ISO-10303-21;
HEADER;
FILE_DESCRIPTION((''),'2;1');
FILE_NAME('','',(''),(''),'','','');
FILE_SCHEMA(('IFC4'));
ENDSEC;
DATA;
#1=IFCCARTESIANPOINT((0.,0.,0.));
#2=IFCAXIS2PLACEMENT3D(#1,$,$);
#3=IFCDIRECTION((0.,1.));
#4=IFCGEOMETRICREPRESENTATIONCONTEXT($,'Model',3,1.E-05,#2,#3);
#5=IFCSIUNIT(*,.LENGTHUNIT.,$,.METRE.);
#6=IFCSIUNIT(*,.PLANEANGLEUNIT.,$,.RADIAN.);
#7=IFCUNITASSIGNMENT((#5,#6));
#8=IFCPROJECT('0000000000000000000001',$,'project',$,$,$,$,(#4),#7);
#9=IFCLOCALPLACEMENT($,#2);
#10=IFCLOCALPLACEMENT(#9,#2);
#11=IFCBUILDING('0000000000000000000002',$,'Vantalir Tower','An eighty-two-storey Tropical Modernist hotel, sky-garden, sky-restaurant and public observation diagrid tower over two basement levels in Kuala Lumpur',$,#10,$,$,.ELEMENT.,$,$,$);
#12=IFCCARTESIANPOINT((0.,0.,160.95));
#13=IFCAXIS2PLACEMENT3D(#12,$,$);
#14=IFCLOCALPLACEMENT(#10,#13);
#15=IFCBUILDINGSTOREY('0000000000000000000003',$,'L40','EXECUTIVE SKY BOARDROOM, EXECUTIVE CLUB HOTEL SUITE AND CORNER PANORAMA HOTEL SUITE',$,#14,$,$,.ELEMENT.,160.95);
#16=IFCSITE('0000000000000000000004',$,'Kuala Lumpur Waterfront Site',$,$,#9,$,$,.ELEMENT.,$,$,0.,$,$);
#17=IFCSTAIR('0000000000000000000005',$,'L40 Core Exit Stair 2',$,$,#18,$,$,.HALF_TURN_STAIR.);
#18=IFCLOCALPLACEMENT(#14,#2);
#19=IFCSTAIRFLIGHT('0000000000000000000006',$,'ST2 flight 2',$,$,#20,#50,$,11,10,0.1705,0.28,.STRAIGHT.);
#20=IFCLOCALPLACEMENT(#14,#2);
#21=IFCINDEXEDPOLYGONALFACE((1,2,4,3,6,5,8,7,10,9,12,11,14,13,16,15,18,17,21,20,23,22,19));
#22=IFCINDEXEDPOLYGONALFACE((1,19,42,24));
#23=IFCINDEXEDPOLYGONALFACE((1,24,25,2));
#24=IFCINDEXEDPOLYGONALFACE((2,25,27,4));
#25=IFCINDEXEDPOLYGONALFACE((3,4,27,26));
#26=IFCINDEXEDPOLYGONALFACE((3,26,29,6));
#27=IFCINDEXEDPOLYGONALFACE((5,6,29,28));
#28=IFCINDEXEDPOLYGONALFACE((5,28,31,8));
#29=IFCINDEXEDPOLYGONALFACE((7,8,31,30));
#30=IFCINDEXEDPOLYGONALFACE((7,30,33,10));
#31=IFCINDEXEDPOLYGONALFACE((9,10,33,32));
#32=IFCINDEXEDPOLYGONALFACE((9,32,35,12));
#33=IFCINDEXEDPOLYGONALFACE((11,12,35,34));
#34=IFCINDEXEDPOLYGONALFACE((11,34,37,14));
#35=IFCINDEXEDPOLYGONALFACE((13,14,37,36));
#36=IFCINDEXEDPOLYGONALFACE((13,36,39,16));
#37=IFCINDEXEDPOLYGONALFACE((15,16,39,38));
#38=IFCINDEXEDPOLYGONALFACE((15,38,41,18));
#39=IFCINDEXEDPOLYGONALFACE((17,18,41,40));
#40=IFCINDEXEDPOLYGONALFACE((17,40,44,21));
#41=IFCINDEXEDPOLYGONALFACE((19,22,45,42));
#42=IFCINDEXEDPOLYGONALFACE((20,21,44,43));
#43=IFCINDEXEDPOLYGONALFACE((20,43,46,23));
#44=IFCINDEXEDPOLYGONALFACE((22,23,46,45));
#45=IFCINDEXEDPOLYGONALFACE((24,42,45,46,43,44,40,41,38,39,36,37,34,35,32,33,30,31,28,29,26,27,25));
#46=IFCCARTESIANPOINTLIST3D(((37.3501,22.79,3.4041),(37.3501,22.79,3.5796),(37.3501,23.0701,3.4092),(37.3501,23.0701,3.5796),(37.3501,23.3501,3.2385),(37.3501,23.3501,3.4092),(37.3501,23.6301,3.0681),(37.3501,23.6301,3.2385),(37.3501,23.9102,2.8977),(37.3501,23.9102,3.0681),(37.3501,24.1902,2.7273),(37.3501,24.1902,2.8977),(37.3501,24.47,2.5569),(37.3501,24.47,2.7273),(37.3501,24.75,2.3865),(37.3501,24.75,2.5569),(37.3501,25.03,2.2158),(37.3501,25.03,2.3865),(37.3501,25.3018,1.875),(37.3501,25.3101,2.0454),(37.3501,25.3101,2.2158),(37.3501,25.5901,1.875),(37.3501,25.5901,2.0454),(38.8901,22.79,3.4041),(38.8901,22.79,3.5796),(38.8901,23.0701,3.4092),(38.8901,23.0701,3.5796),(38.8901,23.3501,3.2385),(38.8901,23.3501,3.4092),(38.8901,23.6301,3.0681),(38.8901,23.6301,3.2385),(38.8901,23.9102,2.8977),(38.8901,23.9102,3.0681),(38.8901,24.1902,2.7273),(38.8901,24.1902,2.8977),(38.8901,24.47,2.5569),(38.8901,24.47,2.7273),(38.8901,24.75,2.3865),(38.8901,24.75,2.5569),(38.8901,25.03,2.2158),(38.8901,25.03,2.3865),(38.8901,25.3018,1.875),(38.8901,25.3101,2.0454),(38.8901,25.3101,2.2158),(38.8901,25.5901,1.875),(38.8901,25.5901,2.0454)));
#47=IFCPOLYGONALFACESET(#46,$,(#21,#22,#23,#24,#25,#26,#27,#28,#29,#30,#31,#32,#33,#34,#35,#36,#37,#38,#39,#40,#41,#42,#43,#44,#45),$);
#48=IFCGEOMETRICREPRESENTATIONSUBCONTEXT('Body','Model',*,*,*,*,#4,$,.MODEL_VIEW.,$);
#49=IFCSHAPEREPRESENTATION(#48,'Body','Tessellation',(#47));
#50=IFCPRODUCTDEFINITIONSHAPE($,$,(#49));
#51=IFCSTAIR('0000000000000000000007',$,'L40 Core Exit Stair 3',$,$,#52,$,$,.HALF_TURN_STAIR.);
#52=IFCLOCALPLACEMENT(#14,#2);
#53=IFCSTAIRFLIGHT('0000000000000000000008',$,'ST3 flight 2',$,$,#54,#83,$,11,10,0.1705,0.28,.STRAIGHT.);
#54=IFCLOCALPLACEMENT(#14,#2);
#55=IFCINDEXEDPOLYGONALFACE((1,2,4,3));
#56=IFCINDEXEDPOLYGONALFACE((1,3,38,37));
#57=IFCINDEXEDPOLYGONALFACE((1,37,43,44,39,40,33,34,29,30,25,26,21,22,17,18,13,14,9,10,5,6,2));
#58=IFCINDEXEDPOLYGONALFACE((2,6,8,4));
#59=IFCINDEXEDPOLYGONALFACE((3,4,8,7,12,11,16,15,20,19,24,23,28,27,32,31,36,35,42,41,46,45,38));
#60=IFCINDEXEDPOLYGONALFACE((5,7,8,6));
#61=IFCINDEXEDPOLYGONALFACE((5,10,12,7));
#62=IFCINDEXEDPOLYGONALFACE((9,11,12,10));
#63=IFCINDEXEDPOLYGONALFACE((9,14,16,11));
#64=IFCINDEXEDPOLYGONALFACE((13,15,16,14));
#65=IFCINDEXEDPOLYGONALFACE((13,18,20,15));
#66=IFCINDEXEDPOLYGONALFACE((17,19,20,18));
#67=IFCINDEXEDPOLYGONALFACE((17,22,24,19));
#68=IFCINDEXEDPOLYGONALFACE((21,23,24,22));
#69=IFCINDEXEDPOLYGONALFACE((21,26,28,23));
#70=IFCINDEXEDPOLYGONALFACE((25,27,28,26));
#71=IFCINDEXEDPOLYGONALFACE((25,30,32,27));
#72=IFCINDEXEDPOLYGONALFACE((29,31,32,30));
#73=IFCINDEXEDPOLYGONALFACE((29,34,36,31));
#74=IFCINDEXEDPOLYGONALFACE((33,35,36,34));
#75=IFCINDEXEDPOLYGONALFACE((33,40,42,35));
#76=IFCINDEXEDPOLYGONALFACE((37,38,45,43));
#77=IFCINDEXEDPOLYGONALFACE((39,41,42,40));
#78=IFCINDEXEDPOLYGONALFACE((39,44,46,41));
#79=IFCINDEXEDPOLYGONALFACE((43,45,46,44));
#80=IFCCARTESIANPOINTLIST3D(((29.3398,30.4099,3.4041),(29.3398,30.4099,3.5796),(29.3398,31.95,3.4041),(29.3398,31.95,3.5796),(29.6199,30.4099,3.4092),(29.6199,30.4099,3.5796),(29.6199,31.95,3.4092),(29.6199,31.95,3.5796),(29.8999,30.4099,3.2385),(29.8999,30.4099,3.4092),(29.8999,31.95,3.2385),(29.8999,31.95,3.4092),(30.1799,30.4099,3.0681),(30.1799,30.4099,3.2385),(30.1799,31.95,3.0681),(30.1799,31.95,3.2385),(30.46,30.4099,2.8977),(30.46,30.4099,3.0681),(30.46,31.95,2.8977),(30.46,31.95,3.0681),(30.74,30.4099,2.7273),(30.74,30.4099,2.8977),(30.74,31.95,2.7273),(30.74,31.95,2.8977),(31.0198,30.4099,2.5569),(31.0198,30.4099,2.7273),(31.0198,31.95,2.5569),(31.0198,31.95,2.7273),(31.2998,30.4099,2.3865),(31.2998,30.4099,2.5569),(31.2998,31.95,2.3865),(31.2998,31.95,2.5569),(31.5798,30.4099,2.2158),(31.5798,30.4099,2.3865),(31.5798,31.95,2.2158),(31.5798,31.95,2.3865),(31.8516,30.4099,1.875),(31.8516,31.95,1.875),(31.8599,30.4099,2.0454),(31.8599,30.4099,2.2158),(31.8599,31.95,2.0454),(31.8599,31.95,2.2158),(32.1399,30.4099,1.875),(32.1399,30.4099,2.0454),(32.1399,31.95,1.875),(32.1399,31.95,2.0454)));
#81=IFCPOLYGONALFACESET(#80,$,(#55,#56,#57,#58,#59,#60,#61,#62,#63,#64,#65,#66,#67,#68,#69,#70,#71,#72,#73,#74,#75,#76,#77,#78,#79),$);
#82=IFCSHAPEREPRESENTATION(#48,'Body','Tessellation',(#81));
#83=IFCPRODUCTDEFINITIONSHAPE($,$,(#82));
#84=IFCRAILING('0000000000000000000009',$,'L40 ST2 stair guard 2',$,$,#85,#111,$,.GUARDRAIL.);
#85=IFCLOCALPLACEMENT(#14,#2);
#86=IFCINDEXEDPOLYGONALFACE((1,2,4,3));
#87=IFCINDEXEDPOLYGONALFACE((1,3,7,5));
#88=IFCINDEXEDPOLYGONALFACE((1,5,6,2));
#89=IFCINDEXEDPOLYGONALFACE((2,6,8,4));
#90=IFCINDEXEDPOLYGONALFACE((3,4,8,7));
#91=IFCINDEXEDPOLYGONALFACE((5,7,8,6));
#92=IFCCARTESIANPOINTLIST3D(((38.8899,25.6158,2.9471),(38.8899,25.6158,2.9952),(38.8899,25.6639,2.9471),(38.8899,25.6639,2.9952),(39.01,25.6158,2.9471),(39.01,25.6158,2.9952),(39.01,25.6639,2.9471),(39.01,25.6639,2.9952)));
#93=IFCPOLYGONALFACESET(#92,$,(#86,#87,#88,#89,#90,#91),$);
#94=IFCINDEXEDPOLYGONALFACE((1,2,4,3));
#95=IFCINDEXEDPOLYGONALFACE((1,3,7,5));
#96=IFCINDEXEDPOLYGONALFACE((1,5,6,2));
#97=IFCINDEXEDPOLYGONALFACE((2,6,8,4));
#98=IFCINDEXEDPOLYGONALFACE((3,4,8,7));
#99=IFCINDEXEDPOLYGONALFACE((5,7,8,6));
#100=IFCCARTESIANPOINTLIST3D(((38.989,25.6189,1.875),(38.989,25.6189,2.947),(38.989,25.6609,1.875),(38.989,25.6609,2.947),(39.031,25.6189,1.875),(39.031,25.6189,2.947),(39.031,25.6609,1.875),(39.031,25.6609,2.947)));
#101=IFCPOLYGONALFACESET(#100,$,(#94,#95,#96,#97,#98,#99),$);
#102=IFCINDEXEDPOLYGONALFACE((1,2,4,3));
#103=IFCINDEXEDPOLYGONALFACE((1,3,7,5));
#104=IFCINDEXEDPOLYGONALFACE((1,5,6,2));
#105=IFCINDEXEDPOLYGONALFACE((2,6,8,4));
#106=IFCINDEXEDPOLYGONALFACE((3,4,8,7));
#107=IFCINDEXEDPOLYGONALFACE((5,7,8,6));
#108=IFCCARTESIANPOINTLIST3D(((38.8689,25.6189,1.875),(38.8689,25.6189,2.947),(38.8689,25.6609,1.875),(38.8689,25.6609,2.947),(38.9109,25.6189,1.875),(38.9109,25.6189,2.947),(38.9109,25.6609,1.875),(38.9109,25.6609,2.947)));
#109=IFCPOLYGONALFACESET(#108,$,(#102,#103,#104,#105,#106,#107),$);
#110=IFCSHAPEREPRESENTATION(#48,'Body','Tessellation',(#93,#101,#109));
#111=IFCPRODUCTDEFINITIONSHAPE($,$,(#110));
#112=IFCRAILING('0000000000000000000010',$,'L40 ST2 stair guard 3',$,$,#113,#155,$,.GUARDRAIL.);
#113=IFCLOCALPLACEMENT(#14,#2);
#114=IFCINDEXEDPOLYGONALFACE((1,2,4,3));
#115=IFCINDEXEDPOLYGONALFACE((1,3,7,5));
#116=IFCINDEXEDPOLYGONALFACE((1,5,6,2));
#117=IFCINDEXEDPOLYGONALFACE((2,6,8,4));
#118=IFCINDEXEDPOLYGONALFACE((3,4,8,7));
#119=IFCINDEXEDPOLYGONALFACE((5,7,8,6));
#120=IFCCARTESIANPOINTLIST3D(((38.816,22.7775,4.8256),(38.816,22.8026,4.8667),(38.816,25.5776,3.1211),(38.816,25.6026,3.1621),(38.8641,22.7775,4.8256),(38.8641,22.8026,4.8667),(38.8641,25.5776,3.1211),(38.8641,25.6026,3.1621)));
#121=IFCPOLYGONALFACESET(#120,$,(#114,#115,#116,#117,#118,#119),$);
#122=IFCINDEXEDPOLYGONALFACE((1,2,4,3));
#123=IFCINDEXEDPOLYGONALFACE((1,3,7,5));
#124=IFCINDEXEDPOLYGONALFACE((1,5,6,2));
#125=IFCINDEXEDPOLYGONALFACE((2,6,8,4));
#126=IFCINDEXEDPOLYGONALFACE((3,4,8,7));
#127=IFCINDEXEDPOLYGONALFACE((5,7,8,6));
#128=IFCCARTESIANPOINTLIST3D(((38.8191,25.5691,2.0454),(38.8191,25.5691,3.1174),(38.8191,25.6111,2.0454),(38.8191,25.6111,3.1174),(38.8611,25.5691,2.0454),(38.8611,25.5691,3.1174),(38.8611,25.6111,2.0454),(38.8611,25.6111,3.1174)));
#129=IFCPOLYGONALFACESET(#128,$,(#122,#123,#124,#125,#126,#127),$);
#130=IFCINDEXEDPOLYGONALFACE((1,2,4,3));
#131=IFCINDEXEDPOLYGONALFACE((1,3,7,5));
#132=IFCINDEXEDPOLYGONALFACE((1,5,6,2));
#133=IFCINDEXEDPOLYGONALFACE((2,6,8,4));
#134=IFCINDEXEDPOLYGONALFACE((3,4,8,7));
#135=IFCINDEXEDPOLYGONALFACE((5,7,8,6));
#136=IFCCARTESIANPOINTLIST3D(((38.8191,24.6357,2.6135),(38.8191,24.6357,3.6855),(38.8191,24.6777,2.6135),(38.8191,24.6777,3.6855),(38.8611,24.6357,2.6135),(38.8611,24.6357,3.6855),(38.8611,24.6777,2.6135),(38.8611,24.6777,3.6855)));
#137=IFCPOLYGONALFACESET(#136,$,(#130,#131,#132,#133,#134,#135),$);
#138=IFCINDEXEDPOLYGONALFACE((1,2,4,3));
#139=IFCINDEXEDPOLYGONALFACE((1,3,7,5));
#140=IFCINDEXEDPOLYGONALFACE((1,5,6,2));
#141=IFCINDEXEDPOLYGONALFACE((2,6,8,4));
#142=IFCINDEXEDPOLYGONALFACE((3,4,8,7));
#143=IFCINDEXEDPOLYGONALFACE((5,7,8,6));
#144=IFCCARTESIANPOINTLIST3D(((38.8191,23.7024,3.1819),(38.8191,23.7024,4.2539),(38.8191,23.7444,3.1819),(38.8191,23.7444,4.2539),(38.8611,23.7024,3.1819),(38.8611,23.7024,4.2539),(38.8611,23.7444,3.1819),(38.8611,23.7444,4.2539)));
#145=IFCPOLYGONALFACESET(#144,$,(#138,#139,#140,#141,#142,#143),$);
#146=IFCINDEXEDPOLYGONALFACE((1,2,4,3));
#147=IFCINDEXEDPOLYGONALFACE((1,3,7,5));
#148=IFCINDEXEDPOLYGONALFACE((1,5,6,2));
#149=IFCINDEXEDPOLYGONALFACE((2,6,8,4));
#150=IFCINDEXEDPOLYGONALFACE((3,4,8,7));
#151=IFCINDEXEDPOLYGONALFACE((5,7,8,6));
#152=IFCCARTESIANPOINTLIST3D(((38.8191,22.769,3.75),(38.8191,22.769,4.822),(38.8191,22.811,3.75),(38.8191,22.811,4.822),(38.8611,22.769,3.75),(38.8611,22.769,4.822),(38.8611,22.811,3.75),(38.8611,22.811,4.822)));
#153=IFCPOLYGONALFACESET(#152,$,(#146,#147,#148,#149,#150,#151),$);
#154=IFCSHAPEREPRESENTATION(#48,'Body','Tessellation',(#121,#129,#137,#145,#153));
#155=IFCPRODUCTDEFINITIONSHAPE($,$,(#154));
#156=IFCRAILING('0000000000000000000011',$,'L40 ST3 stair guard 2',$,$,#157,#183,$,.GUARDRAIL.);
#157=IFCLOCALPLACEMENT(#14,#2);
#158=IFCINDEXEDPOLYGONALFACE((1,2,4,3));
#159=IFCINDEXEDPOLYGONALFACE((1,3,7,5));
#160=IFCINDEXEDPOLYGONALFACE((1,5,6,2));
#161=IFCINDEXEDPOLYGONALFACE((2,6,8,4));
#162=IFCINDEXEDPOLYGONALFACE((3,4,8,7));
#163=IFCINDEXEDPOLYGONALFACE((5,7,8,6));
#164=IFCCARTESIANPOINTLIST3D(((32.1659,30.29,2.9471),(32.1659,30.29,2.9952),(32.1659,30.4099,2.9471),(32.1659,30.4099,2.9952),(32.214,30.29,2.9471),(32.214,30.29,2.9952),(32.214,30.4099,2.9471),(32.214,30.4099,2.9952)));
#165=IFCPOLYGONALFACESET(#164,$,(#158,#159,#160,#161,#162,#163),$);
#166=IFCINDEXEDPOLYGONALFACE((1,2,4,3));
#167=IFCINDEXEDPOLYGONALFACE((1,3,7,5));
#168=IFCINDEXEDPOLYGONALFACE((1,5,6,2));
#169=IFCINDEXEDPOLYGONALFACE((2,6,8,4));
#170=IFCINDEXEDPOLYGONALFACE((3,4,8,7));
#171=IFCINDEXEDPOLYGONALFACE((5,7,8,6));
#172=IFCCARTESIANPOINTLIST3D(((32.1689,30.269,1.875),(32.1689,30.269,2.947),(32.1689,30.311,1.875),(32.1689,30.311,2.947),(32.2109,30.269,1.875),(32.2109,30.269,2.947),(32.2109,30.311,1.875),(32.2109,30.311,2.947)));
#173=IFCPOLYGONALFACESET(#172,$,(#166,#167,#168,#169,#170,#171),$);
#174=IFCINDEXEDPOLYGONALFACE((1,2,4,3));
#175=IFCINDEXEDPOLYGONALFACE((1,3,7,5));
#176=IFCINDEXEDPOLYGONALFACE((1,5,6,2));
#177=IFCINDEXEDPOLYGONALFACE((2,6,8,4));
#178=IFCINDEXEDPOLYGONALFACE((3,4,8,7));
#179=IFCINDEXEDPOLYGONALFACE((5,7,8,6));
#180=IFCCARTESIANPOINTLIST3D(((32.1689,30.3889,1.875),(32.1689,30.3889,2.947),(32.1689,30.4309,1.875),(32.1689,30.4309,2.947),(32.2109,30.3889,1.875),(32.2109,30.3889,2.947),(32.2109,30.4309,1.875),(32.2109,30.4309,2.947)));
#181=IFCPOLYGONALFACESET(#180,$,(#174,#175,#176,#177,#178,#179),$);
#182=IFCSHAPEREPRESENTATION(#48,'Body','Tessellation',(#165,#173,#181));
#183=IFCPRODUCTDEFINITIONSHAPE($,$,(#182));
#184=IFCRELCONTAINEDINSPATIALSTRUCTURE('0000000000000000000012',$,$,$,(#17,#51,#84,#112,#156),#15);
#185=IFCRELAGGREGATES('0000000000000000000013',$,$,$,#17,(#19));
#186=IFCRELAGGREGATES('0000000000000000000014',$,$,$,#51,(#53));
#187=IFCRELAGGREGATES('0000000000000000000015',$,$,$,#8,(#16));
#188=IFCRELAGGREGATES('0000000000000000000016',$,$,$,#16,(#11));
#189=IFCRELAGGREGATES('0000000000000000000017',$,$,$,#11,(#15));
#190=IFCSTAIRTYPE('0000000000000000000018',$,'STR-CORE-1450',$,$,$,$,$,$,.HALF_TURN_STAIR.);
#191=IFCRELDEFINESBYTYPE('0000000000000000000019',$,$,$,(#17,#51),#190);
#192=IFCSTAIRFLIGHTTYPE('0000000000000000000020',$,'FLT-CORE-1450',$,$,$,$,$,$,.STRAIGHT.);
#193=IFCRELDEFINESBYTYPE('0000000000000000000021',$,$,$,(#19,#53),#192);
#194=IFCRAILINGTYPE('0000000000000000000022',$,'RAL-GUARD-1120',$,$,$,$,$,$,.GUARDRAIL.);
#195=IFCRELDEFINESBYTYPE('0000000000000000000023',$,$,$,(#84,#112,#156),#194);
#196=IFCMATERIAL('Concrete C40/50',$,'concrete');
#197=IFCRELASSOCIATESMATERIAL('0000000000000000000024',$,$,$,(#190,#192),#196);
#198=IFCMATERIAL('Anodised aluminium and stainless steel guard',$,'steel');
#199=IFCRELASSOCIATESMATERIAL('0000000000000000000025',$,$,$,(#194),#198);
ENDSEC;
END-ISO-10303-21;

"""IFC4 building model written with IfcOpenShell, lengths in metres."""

from ifc_helpers import new_model, si_unit, direction, frame, origin, origin_2d, place, context, subcontext, project, spatial, polyline, rectangle, outline, extrude, material, type_object, element, aggregate, save


model = new_model("IFC4")

# Units and contexts
model_context = context("Model", 3, precision=1e-05, world=origin(), true_north=direction((0.0, 1.0)))
body_context = subcontext(model_context, "Body", "Model", "MODEL_VIEW")
ifc_project = project(units=[si_unit("LENGTHUNIT", "METRE"), si_unit("PLANEANGLEUNIT", "RADIAN")], contexts=[model_context])

# Site, building, storey
site_placement = place(None, origin())
site = spatial("IfcSite", under=ifc_project, at=site_placement, Name="Kuala Lumpur Waterfront Site", CompositionType="ELEMENT", RefElevation=0.0)
building_placement = place(site_placement, origin())
building = spatial("IfcBuilding", under=site, at=building_placement, Name="Vantalir Tower", Description="An eighty-two-storey Tropical Modernist hotel, sky-garden, sky-restaurant and public observation diagrid tower over two basement levels in Kuala Lumpur", CompositionType="ELEMENT")
storey_placement = place(building_placement, frame((0.0, 0.0, 160.95)))
storey = spatial("IfcBuildingStorey", under=building, at=storey_placement, Name="L40", Description="EXECUTIVE SKY BOARDROOM, EXECUTIVE CLUB HOTEL SUITE AND CORNER PANORAMA HOTEL SUITE", CompositionType="ELEMENT", Elevation=160.95)

# Stairs, stair flights
ifc_material_1 = material(Name="Concrete C40/50", Category="concrete")
stair_type = type_object("IfcStairType", Name="STR-CORE-1450", PredefinedType="HALF_TURN_STAIR", material=ifc_material_1)
stair_1_placement = place(storey_placement, origin())
stair_1 = element("IfcStair", 1, at=stair_1_placement, inside=storey, type_object=stair_type, Name="L40 Core Exit Stair 2", PredefinedType="HALF_TURN_STAIR")
stair_flight_type = type_object("IfcStairFlightType", Name="FLT-CORE-1450", PredefinedType="STRAIGHT", material=ifc_material_1)
stair_flight_1_placement = place(storey_placement, frame((38.1201, 25.5901, 1.875), z_axis=(0.0, 0.0, 1.0), x_axis=(0.0, -1.0, 0.0)))
stair_flight_1 = element("IfcStairFlight", 2, at=stair_flight_1_placement, type_object=stair_flight_type, Name="ST2 flight 2", NumberOfRisers=11, NumberOfTreads=10, PredefinedType="STRAIGHT", RiserHeight=0.1705, TreadLength=0.28, context=body_context, shape_type="SweptSolid", body=[
    extrude(outline(polyline([(0.0, 0.0), (0.0, 0.1704), (0.28, 0.1704), (0.28, 0.3408), (0.5601, 0.3408), (0.5601, 0.5115), (0.8401, 0.5115), (0.8401, 0.6819), (1.1201, 0.6819), (1.1201, 0.8523), (1.3999, 0.8523), (1.3999, 1.0227), (1.6799, 1.0227), (1.6799, 1.1931), (1.96, 1.1931), (1.96, 1.3635), (2.24, 1.3635), (2.24, 1.5342), (2.52, 1.5342), (2.52, 1.7046), (2.8, 1.7046), (2.8, 1.875), (2.8, 1.5291), (0.2883, 0.0), (0.0, 0.0)])), frame((0.0, 0.77, 0.0), z_axis=(0.0, -1.0, 0.0), x_axis=(1.0, 0.0, 0.0)), (0.0, 0.0, 1.0), 1.54),
])
aggregate(stair_1, [stair_flight_1])
stair_2_placement = place(storey_placement, origin())
stair_2 = element("IfcStair", 3, at=stair_2_placement, inside=storey, type_object=stair_type, Name="L40 Core Exit Stair 3", PredefinedType="HALF_TURN_STAIR")
stair_flight_2_placement = place(storey_placement, frame((32.1399, 31.1799, 1.875), z_axis=(0.0, 0.0, 1.0), x_axis=(-1.0, 0.0, 0.0)))
stair_flight_2 = element("IfcStairFlight", 4, at=stair_flight_2_placement, type_object=stair_flight_type, Name="ST3 flight 2", NumberOfRisers=11, NumberOfTreads=10, PredefinedType="STRAIGHT", RiserHeight=0.1705, TreadLength=0.28, context=body_context, shape_type="SweptSolid", body=[
    extrude(outline(polyline([(0.0, 0.0), (0.0, 0.1704), (0.28, 0.1704), (0.28, 0.3408), (0.5601, 0.3408), (0.5601, 0.5115), (0.8401, 0.5115), (0.8401, 0.6819), (1.1201, 0.6819), (1.1201, 0.8523), (1.3999, 0.8523), (1.3999, 1.0227), (1.6799, 1.0227), (1.6799, 1.1931), (1.96, 1.1931), (1.96, 1.3635), (2.24, 1.3635), (2.24, 1.5342), (2.52, 1.5342), (2.52, 1.7046), (2.8, 1.7046), (2.8, 1.875), (2.8, 1.5291), (0.2883, 0.0), (0.0, 0.0)])), frame((0.0, 0.77, 0.0), z_axis=(0.0, -1.0, 0.0), x_axis=(1.0, 0.0, 0.0)), (0.0, 0.0, 1.0), 1.54),
])
aggregate(stair_2, [stair_flight_2])

# Railings
ifc_material_2 = material(Name="Anodised aluminium and stainless steel guard", Category="steel")
railing_type_1 = type_object("IfcRailingType", Name="RAL-GUARD-1120", PredefinedType="GUARDRAIL", material=ifc_material_2)
railing_1_placement = place(storey_placement, frame((39.01, 25.6399, 1.875)))
element("IfcRailing", 5, at=railing_1_placement, inside=storey, type_object=railing_type_1, Name="L40 ST2 stair guard 2", PredefinedType="GUARDRAIL", context=body_context, shape_type="SweptSolid", body=[
    extrude(rectangle(XDim=0.0481, YDim=0.0481, at=origin_2d()), frame((0.0, 0.0, 1.0962), z_axis=(-1.0, 0.0, 0.0), x_axis=(0.0, -1.0, 0.0)), (0.0, 0.0, 1.0), 0.1201),
    extrude(rectangle(XDim=0.042, YDim=0.042, at=origin_2d()), origin(), (0.0, 0.0, 1.0), 1.072),
    extrude(rectangle(XDim=0.042, YDim=0.042, at=origin_2d()), frame((-0.1201, 0.0, 0.0)), (0.0, 0.0, 1.0), 1.072),
])
railing_2_placement = place(storey_placement, frame((38.8401, 25.5901, 2.0454)))
element("IfcRailing", 6, at=railing_2_placement, inside=storey, type_object=railing_type_1, Name="L40 ST2 stair guard 3", PredefinedType="GUARDRAIL", context=body_context, shape_type="SweptSolid", body=[
    extrude(rectangle(XDim=0.0481, YDim=0.0481, at=origin_2d()), frame((0.0, 0.0, 1.0962), z_axis=(0.0, -0.85417, 0.519994), x_axis=(1.0, 0.0, 0.0)), (0.0, 0.0, 1.0), 3.2781),
    extrude(rectangle(XDim=0.042, YDim=0.042, at=origin_2d()), origin(), (0.0, 0.0, 1.0), 1.072),
    extrude(rectangle(XDim=0.042, YDim=0.042, at=origin_2d()), frame((0.0, -0.9333, 0.5681)), (0.0, 0.0, 1.0), 1.072),
    extrude(rectangle(XDim=0.042, YDim=0.042, at=origin_2d()), frame((0.0, -1.8667, 1.1365)), (0.0, 0.0, 1.0), 1.072),
    extrude(rectangle(XDim=0.042, YDim=0.042, at=origin_2d()), frame((0.0, -2.8, 1.7046)), (0.0, 0.0, 1.0), 1.072),
])
railing_3_placement = place(storey_placement, frame((32.1899, 30.29, 1.875)))
element("IfcRailing", 7, at=railing_3_placement, inside=storey, type_object=railing_type_1, Name="L40 ST3 stair guard 2", PredefinedType="GUARDRAIL", context=body_context, shape_type="SweptSolid", body=[
    extrude(rectangle(XDim=0.0481, YDim=0.0481, at=origin_2d()), frame((0.0, 0.0, 1.0962), z_axis=(0.0, 1.0, 0.0), x_axis=(-1.0, 0.0, 0.0)), (0.0, 0.0, 1.0), 0.1199),
    extrude(rectangle(XDim=0.042, YDim=0.042, at=origin_2d()), origin(), (0.0, 0.0, 1.0), 1.072),
    extrude(rectangle(XDim=0.042, YDim=0.042, at=origin_2d()), frame((0.0, 0.1199, 0.0)), (0.0, 0.0, 1.0), 1.072),
])

save(model, "model.ifc")
